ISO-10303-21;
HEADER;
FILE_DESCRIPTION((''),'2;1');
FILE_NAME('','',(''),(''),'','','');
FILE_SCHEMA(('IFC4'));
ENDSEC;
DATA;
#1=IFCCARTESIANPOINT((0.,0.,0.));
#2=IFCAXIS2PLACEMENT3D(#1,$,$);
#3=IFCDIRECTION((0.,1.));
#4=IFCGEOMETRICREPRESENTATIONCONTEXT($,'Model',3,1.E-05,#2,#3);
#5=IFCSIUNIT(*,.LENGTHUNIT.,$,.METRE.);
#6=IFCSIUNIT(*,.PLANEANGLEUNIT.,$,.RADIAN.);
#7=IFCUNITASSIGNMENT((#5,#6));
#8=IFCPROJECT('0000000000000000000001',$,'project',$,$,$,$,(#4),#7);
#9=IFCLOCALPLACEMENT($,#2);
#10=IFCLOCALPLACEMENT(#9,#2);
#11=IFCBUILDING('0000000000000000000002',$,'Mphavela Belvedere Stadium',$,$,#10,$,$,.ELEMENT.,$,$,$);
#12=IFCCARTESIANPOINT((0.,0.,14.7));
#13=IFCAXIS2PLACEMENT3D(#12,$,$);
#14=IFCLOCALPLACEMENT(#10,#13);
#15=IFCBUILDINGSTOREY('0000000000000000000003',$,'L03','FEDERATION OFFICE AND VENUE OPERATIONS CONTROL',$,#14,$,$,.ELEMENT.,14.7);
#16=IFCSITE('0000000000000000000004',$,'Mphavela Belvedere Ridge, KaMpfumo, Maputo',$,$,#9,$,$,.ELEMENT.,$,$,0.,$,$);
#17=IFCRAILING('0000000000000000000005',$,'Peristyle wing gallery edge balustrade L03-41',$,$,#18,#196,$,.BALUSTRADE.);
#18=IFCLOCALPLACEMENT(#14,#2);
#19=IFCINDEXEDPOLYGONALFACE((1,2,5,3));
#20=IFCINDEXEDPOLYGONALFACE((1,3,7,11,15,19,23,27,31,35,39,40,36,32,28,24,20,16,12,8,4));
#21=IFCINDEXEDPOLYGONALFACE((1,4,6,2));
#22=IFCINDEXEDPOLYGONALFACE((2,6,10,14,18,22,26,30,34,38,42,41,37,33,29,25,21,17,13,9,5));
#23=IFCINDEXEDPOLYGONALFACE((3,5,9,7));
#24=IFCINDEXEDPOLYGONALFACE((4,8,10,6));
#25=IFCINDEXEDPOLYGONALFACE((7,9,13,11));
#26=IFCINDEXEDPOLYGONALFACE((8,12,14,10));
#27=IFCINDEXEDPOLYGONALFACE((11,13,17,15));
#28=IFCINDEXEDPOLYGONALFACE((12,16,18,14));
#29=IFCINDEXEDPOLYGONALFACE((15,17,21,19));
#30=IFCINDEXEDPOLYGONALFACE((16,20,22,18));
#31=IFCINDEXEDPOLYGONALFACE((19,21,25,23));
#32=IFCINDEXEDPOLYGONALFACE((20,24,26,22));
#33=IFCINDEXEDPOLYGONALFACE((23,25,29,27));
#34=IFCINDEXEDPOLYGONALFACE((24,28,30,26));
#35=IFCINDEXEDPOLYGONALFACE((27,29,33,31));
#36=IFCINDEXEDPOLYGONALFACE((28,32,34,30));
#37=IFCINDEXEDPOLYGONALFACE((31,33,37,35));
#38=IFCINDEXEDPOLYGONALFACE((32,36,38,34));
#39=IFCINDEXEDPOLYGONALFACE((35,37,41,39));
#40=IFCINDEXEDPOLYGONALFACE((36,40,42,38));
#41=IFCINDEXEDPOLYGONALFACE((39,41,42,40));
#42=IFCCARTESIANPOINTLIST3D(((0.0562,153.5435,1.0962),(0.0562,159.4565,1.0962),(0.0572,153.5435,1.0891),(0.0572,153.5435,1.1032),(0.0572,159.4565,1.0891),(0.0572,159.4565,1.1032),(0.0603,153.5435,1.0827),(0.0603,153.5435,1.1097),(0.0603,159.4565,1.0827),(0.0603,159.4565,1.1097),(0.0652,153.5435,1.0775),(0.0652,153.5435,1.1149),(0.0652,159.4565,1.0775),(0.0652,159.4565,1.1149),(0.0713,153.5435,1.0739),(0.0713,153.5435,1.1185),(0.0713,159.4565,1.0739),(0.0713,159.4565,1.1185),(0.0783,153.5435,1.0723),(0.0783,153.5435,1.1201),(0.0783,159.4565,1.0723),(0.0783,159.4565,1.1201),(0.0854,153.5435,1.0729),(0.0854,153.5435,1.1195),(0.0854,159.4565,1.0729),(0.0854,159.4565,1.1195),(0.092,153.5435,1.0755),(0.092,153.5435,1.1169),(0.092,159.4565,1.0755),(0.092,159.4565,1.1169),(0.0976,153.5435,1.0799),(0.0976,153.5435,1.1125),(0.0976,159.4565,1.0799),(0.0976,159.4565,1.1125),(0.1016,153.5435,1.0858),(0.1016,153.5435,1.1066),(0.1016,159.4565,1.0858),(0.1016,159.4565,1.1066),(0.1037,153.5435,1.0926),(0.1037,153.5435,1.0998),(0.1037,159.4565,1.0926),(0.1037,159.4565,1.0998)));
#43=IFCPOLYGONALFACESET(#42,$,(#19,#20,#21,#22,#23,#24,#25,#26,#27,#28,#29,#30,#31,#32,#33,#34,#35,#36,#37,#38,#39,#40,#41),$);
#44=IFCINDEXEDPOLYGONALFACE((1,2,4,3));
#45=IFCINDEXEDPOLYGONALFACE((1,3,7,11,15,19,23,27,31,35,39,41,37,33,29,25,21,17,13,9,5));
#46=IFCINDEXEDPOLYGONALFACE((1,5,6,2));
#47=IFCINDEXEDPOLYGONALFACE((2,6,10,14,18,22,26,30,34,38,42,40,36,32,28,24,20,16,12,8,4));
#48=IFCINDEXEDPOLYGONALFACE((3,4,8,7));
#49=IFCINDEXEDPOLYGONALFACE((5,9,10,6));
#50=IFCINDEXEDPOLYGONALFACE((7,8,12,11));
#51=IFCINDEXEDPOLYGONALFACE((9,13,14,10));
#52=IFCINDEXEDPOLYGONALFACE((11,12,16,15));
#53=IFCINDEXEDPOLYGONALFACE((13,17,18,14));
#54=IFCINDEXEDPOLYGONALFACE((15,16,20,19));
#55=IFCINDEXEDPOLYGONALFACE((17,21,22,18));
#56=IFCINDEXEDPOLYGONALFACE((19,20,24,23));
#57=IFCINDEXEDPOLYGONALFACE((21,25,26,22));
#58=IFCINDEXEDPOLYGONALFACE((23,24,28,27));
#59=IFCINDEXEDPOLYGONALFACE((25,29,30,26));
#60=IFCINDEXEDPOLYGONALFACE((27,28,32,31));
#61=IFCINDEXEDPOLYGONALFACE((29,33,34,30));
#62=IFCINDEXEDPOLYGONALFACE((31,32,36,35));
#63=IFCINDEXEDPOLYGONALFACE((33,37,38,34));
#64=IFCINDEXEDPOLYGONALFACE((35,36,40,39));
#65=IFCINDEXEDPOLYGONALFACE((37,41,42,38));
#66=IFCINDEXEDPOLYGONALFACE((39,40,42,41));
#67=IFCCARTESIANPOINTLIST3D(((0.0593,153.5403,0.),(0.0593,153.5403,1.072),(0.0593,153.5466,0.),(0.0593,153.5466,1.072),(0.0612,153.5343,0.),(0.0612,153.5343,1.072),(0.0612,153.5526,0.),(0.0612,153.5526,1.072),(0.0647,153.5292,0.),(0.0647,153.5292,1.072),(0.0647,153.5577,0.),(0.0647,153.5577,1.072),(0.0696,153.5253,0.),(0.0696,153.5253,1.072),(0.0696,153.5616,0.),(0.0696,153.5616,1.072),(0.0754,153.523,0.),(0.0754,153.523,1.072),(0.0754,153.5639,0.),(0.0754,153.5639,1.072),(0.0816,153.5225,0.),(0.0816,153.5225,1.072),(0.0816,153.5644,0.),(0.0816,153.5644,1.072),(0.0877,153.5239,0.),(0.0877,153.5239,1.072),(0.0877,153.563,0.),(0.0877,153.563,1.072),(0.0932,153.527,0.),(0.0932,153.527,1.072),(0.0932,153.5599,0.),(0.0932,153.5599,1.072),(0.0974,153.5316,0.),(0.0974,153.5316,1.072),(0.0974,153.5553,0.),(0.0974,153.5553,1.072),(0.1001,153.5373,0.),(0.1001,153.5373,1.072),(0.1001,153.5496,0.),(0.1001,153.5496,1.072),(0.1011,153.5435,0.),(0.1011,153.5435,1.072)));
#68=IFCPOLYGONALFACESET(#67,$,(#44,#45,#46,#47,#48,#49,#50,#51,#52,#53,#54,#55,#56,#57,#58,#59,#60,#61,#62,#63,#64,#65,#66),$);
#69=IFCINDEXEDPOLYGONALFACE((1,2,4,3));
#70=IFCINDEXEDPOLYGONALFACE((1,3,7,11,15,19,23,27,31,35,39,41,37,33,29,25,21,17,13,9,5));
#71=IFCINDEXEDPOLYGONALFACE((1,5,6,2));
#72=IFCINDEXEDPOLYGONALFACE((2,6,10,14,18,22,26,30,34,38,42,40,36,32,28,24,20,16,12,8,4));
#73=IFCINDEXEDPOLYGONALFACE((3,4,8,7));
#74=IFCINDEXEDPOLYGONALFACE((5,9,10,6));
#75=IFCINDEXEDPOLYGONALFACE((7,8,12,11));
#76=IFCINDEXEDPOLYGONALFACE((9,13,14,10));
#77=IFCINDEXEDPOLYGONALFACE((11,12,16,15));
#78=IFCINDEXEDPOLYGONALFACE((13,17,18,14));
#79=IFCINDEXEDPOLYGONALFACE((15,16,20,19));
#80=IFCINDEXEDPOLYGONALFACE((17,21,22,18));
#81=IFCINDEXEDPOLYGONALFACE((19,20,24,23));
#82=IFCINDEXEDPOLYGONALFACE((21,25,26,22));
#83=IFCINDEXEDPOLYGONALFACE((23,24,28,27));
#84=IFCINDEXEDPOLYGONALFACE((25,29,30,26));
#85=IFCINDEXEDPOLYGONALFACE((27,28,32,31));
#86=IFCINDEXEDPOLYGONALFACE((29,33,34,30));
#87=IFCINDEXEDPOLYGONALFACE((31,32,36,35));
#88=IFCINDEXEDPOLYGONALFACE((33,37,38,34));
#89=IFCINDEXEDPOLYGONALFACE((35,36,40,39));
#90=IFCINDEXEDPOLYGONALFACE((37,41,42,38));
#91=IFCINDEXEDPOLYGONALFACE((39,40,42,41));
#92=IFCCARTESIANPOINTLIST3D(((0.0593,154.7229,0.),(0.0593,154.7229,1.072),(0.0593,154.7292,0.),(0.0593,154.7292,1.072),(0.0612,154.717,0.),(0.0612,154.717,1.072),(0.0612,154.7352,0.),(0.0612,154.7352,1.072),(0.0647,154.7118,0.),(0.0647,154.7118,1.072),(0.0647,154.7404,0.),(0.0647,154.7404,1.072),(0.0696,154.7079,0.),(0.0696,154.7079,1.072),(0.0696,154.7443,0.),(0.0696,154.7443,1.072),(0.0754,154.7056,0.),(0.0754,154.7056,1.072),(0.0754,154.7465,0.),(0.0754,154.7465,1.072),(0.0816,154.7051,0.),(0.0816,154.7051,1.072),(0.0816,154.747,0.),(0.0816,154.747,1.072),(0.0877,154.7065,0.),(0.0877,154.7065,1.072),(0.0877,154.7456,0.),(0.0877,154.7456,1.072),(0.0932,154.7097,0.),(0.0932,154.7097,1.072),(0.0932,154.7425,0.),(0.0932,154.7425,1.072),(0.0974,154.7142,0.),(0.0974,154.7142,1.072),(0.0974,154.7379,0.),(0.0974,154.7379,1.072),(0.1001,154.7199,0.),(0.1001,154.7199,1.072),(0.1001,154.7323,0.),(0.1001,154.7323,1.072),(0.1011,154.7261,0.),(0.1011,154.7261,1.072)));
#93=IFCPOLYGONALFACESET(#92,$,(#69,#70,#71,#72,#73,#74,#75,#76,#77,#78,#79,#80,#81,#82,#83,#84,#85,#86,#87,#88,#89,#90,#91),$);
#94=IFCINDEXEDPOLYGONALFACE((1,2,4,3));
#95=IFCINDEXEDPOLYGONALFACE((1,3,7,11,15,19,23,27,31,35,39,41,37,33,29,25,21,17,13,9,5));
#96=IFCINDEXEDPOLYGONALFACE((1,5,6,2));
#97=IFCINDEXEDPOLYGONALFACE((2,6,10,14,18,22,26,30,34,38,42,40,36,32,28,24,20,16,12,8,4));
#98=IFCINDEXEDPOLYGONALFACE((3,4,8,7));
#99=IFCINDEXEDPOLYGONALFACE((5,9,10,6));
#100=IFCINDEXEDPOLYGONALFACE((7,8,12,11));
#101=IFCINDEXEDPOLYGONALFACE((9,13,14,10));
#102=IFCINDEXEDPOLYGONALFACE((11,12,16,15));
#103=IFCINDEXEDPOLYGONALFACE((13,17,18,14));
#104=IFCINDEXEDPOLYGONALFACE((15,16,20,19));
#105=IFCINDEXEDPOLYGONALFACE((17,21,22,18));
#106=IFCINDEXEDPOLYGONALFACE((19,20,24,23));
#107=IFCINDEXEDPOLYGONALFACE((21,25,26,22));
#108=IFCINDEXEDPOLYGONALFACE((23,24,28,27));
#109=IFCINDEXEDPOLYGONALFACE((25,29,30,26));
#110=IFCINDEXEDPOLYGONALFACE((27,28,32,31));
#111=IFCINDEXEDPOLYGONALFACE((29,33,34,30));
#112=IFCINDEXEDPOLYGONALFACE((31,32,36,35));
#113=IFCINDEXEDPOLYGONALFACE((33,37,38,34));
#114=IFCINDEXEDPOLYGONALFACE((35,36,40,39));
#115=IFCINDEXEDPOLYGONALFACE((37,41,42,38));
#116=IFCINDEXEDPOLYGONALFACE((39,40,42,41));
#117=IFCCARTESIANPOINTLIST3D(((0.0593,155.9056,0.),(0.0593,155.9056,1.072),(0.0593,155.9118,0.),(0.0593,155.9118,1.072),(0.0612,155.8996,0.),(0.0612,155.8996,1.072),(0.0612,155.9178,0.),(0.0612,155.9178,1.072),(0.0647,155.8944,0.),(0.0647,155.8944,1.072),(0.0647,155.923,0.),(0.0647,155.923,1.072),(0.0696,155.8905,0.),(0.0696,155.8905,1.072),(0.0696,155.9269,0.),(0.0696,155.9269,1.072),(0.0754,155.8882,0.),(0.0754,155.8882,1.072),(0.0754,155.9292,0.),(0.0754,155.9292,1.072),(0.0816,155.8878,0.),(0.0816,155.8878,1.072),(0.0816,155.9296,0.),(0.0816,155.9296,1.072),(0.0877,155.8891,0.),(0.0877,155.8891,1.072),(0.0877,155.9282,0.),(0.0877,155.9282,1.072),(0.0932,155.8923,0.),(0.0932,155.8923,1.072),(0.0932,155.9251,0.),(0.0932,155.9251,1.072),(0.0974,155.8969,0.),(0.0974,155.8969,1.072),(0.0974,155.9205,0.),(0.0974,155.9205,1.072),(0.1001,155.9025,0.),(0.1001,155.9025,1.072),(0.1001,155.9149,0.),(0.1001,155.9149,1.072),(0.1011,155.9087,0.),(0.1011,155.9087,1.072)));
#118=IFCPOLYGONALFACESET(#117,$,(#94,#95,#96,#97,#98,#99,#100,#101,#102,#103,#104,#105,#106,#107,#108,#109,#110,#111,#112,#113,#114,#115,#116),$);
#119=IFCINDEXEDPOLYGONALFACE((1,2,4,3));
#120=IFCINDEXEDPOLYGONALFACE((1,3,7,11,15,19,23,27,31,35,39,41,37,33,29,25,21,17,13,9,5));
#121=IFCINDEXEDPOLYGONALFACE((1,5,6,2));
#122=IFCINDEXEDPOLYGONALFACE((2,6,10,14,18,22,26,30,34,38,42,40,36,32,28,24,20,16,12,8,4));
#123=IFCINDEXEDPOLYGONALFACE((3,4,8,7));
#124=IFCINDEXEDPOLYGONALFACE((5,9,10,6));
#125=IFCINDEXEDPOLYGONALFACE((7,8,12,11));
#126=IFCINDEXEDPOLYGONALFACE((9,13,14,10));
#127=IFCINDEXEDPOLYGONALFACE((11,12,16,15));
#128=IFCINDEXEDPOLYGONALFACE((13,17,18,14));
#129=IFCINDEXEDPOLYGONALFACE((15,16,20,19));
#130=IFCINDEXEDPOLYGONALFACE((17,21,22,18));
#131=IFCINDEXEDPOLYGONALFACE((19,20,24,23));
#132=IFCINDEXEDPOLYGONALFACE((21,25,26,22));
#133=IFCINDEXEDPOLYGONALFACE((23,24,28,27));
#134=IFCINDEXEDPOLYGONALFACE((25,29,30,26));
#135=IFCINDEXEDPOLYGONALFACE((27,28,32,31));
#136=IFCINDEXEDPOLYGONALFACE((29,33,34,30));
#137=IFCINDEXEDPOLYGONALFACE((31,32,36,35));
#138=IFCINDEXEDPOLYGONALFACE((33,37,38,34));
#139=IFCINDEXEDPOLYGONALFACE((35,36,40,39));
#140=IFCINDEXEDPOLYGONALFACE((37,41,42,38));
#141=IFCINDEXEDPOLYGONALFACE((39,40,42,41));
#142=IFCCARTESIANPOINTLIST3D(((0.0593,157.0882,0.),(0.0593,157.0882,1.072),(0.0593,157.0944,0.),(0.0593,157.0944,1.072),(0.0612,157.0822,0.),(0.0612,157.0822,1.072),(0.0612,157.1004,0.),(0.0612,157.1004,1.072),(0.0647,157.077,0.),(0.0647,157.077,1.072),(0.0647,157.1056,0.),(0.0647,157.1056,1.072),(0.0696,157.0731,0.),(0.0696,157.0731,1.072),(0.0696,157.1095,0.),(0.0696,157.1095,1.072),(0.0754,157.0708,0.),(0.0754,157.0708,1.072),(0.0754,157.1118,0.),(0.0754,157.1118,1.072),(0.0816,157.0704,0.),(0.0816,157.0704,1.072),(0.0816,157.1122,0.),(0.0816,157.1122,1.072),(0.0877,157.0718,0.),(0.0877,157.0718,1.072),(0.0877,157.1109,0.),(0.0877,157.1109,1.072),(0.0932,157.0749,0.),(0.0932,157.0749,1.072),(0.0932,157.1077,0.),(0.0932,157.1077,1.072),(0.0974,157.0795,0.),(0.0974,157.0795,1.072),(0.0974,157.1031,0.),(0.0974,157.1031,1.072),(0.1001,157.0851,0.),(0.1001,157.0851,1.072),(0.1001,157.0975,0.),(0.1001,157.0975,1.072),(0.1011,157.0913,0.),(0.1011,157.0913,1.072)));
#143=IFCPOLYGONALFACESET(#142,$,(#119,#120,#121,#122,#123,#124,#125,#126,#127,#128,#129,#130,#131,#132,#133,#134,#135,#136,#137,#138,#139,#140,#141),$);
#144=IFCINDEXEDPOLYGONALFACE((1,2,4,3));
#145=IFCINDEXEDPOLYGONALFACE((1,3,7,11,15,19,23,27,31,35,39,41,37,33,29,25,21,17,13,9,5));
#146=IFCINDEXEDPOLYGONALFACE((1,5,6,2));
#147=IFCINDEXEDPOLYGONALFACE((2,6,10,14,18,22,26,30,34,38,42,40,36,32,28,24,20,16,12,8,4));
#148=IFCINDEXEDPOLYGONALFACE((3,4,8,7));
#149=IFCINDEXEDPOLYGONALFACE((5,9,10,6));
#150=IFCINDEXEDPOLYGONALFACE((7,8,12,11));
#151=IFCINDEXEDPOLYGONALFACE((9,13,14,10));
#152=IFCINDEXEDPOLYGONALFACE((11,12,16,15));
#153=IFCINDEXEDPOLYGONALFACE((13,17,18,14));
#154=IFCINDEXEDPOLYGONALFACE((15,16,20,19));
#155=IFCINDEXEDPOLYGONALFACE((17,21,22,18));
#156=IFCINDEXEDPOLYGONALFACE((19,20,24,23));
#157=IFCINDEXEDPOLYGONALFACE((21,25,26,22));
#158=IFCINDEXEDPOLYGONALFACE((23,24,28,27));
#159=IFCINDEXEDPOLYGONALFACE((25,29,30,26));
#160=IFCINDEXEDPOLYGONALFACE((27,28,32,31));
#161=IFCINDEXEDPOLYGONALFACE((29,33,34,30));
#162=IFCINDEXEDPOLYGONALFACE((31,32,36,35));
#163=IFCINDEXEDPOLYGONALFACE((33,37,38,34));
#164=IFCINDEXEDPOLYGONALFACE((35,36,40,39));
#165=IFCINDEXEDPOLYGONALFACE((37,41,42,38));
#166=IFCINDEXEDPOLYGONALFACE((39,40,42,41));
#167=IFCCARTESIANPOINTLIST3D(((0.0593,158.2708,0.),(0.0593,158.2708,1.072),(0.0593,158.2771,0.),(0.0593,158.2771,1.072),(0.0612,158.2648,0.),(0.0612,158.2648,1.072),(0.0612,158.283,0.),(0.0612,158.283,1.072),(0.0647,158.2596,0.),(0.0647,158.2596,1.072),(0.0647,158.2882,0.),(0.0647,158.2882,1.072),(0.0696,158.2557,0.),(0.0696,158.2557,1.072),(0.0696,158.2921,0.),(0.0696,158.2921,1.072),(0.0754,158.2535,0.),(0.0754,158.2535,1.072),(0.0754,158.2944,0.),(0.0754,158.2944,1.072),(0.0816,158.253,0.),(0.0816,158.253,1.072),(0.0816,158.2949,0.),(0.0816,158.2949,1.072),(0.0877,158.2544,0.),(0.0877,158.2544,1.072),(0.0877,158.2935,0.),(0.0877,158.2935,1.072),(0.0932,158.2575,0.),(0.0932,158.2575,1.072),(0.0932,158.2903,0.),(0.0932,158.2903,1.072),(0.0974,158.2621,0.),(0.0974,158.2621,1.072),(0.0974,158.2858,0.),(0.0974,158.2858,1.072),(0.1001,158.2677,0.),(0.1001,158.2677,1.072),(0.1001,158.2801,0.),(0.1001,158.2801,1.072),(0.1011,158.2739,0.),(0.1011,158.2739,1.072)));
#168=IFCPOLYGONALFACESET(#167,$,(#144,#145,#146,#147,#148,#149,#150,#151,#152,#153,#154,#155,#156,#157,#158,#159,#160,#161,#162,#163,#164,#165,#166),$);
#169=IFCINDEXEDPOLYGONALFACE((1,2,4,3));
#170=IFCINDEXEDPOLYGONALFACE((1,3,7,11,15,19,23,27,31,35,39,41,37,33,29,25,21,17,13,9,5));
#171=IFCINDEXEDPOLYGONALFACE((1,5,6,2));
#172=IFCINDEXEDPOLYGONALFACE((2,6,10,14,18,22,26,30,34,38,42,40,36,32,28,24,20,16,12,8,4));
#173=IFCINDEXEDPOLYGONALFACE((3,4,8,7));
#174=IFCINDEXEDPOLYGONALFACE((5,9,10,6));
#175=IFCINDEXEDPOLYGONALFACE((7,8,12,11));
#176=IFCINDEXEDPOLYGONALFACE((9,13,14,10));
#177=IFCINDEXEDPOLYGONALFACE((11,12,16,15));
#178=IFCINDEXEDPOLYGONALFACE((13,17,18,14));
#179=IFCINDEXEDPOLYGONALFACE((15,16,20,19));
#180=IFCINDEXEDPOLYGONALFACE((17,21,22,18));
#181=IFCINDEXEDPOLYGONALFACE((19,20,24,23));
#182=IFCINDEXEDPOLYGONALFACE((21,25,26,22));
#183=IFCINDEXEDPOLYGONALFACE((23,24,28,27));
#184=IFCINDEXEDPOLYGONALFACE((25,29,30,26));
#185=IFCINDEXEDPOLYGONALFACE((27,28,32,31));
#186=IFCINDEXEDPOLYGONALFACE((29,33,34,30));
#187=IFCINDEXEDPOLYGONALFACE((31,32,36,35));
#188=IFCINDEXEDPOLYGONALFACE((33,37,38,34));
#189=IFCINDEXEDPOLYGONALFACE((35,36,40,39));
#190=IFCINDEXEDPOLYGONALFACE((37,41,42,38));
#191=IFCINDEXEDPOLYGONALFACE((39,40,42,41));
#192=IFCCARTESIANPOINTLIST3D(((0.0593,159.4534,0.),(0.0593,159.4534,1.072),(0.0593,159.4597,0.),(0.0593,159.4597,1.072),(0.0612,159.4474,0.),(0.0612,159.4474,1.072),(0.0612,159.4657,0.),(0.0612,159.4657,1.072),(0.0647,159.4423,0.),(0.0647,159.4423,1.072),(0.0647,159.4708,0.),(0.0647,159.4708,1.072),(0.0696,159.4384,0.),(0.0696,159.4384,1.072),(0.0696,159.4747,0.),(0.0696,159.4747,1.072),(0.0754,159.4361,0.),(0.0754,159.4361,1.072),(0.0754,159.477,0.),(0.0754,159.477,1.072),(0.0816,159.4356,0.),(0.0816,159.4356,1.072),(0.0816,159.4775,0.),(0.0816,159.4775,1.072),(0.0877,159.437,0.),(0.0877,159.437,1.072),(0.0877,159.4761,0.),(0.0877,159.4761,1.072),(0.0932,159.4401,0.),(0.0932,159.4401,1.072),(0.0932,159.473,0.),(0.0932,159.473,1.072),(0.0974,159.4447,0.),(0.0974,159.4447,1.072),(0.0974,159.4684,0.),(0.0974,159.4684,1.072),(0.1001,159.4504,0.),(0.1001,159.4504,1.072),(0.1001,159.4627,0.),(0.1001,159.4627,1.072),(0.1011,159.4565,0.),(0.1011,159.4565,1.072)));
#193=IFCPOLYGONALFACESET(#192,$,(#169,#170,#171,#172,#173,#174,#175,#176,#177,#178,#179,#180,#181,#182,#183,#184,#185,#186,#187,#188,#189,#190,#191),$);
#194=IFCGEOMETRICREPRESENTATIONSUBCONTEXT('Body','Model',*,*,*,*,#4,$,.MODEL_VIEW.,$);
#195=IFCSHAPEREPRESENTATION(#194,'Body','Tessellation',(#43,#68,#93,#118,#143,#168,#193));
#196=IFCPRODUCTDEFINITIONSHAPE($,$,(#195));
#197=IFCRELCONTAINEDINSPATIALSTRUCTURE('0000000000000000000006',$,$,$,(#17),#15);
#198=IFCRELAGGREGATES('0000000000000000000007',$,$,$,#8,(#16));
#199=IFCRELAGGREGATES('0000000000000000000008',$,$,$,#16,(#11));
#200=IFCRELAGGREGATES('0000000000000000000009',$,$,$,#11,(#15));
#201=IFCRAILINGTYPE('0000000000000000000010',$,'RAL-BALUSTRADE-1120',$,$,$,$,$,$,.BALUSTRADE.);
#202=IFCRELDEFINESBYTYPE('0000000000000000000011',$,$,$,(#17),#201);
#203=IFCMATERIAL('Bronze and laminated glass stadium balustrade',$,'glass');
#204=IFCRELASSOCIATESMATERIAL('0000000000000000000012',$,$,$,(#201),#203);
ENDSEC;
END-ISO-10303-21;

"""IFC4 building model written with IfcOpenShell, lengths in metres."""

from ifc_helpers import new_model, si_unit, direction, frame, origin, origin_2d, place, context, subcontext, project, spatial, circle, extrude, material, type_object, element, save


model = new_model("IFC4")

# Units and contexts
model_context = context("Model", 3, precision=1e-05, world=origin(), true_north=direction((0.0, 1.0)))
body_context = subcontext(model_context, "Body", "Model", "MODEL_VIEW")
ifc_project = project(units=[si_unit("LENGTHUNIT", "METRE"), si_unit("PLANEANGLEUNIT", "RADIAN")], contexts=[model_context])

# Site, building, storey
site_placement = place(None, origin())
site = spatial("IfcSite", under=ifc_project, at=site_placement, Name="Mphavela Belvedere Ridge, KaMpfumo, Maputo", CompositionType="ELEMENT", RefElevation=0.0)
building_placement = place(site_placement, origin())
building = spatial("IfcBuilding", under=site, at=building_placement, Name="Mphavela Belvedere Stadium", CompositionType="ELEMENT")
storey_placement = place(building_placement, frame((0.0, 0.0, 14.7)))
storey = spatial("IfcBuildingStorey", under=building, at=storey_placement, Name="L03", Description="FEDERATION OFFICE AND VENUE OPERATIONS CONTROL", CompositionType="ELEMENT", Elevation=14.7)

# Railing
ifc_material_1 = material(Name="Bronze and laminated glass stadium balustrade", Category="glass")
railing_type = type_object("IfcRailingType", Name="RAL-BALUSTRADE-1120", PredefinedType="BALUSTRADE", material=ifc_material_1)
for number, where, name in (
    (1, (0.0801, 153.5435, 0.0), "Peristyle wing gallery edge balustrade L03-41"),
):
    element("IfcRailing", number, at=place(storey_placement, frame(where)), inside=storey, type_object=railing_type, Name=name, PredefinedType="BALUSTRADE", context=body_context, shape_type="SweptSolid", body=[
        extrude(circle(Radius=0.0239, at=origin_2d()), frame((0.0, 0.0, 1.0962), z_axis=(0.0, 1.0, 0.0), x_axis=(-1.0, 0.0, 0.0)), (0.0, 0.0, 1.0), 5.9131),
        extrude(circle(Radius=0.021, at=origin_2d()), origin(), (0.0, 0.0, 1.0), 1.072),
        extrude(circle(Radius=0.021, at=origin_2d()), frame((0.0, 1.1826, 0.0)), (0.0, 0.0, 1.0), 1.072),
        extrude(circle(Radius=0.021, at=origin_2d()), frame((0.0, 2.3652, 0.0)), (0.0, 0.0, 1.0), 1.072),
        extrude(circle(Radius=0.021, at=origin_2d()), frame((0.0, 3.5479, 0.0)), (0.0, 0.0, 1.0), 1.072),
        extrude(circle(Radius=0.021, at=origin_2d()), frame((0.0, 4.7305, 0.0)), (0.0, 0.0, 1.0), 1.072),
        extrude(circle(Radius=0.021, at=origin_2d()), frame((0.0, 5.9131, 0.0)), (0.0, 0.0, 1.0), 1.072),
    ])

save(model, "model.ifc")
